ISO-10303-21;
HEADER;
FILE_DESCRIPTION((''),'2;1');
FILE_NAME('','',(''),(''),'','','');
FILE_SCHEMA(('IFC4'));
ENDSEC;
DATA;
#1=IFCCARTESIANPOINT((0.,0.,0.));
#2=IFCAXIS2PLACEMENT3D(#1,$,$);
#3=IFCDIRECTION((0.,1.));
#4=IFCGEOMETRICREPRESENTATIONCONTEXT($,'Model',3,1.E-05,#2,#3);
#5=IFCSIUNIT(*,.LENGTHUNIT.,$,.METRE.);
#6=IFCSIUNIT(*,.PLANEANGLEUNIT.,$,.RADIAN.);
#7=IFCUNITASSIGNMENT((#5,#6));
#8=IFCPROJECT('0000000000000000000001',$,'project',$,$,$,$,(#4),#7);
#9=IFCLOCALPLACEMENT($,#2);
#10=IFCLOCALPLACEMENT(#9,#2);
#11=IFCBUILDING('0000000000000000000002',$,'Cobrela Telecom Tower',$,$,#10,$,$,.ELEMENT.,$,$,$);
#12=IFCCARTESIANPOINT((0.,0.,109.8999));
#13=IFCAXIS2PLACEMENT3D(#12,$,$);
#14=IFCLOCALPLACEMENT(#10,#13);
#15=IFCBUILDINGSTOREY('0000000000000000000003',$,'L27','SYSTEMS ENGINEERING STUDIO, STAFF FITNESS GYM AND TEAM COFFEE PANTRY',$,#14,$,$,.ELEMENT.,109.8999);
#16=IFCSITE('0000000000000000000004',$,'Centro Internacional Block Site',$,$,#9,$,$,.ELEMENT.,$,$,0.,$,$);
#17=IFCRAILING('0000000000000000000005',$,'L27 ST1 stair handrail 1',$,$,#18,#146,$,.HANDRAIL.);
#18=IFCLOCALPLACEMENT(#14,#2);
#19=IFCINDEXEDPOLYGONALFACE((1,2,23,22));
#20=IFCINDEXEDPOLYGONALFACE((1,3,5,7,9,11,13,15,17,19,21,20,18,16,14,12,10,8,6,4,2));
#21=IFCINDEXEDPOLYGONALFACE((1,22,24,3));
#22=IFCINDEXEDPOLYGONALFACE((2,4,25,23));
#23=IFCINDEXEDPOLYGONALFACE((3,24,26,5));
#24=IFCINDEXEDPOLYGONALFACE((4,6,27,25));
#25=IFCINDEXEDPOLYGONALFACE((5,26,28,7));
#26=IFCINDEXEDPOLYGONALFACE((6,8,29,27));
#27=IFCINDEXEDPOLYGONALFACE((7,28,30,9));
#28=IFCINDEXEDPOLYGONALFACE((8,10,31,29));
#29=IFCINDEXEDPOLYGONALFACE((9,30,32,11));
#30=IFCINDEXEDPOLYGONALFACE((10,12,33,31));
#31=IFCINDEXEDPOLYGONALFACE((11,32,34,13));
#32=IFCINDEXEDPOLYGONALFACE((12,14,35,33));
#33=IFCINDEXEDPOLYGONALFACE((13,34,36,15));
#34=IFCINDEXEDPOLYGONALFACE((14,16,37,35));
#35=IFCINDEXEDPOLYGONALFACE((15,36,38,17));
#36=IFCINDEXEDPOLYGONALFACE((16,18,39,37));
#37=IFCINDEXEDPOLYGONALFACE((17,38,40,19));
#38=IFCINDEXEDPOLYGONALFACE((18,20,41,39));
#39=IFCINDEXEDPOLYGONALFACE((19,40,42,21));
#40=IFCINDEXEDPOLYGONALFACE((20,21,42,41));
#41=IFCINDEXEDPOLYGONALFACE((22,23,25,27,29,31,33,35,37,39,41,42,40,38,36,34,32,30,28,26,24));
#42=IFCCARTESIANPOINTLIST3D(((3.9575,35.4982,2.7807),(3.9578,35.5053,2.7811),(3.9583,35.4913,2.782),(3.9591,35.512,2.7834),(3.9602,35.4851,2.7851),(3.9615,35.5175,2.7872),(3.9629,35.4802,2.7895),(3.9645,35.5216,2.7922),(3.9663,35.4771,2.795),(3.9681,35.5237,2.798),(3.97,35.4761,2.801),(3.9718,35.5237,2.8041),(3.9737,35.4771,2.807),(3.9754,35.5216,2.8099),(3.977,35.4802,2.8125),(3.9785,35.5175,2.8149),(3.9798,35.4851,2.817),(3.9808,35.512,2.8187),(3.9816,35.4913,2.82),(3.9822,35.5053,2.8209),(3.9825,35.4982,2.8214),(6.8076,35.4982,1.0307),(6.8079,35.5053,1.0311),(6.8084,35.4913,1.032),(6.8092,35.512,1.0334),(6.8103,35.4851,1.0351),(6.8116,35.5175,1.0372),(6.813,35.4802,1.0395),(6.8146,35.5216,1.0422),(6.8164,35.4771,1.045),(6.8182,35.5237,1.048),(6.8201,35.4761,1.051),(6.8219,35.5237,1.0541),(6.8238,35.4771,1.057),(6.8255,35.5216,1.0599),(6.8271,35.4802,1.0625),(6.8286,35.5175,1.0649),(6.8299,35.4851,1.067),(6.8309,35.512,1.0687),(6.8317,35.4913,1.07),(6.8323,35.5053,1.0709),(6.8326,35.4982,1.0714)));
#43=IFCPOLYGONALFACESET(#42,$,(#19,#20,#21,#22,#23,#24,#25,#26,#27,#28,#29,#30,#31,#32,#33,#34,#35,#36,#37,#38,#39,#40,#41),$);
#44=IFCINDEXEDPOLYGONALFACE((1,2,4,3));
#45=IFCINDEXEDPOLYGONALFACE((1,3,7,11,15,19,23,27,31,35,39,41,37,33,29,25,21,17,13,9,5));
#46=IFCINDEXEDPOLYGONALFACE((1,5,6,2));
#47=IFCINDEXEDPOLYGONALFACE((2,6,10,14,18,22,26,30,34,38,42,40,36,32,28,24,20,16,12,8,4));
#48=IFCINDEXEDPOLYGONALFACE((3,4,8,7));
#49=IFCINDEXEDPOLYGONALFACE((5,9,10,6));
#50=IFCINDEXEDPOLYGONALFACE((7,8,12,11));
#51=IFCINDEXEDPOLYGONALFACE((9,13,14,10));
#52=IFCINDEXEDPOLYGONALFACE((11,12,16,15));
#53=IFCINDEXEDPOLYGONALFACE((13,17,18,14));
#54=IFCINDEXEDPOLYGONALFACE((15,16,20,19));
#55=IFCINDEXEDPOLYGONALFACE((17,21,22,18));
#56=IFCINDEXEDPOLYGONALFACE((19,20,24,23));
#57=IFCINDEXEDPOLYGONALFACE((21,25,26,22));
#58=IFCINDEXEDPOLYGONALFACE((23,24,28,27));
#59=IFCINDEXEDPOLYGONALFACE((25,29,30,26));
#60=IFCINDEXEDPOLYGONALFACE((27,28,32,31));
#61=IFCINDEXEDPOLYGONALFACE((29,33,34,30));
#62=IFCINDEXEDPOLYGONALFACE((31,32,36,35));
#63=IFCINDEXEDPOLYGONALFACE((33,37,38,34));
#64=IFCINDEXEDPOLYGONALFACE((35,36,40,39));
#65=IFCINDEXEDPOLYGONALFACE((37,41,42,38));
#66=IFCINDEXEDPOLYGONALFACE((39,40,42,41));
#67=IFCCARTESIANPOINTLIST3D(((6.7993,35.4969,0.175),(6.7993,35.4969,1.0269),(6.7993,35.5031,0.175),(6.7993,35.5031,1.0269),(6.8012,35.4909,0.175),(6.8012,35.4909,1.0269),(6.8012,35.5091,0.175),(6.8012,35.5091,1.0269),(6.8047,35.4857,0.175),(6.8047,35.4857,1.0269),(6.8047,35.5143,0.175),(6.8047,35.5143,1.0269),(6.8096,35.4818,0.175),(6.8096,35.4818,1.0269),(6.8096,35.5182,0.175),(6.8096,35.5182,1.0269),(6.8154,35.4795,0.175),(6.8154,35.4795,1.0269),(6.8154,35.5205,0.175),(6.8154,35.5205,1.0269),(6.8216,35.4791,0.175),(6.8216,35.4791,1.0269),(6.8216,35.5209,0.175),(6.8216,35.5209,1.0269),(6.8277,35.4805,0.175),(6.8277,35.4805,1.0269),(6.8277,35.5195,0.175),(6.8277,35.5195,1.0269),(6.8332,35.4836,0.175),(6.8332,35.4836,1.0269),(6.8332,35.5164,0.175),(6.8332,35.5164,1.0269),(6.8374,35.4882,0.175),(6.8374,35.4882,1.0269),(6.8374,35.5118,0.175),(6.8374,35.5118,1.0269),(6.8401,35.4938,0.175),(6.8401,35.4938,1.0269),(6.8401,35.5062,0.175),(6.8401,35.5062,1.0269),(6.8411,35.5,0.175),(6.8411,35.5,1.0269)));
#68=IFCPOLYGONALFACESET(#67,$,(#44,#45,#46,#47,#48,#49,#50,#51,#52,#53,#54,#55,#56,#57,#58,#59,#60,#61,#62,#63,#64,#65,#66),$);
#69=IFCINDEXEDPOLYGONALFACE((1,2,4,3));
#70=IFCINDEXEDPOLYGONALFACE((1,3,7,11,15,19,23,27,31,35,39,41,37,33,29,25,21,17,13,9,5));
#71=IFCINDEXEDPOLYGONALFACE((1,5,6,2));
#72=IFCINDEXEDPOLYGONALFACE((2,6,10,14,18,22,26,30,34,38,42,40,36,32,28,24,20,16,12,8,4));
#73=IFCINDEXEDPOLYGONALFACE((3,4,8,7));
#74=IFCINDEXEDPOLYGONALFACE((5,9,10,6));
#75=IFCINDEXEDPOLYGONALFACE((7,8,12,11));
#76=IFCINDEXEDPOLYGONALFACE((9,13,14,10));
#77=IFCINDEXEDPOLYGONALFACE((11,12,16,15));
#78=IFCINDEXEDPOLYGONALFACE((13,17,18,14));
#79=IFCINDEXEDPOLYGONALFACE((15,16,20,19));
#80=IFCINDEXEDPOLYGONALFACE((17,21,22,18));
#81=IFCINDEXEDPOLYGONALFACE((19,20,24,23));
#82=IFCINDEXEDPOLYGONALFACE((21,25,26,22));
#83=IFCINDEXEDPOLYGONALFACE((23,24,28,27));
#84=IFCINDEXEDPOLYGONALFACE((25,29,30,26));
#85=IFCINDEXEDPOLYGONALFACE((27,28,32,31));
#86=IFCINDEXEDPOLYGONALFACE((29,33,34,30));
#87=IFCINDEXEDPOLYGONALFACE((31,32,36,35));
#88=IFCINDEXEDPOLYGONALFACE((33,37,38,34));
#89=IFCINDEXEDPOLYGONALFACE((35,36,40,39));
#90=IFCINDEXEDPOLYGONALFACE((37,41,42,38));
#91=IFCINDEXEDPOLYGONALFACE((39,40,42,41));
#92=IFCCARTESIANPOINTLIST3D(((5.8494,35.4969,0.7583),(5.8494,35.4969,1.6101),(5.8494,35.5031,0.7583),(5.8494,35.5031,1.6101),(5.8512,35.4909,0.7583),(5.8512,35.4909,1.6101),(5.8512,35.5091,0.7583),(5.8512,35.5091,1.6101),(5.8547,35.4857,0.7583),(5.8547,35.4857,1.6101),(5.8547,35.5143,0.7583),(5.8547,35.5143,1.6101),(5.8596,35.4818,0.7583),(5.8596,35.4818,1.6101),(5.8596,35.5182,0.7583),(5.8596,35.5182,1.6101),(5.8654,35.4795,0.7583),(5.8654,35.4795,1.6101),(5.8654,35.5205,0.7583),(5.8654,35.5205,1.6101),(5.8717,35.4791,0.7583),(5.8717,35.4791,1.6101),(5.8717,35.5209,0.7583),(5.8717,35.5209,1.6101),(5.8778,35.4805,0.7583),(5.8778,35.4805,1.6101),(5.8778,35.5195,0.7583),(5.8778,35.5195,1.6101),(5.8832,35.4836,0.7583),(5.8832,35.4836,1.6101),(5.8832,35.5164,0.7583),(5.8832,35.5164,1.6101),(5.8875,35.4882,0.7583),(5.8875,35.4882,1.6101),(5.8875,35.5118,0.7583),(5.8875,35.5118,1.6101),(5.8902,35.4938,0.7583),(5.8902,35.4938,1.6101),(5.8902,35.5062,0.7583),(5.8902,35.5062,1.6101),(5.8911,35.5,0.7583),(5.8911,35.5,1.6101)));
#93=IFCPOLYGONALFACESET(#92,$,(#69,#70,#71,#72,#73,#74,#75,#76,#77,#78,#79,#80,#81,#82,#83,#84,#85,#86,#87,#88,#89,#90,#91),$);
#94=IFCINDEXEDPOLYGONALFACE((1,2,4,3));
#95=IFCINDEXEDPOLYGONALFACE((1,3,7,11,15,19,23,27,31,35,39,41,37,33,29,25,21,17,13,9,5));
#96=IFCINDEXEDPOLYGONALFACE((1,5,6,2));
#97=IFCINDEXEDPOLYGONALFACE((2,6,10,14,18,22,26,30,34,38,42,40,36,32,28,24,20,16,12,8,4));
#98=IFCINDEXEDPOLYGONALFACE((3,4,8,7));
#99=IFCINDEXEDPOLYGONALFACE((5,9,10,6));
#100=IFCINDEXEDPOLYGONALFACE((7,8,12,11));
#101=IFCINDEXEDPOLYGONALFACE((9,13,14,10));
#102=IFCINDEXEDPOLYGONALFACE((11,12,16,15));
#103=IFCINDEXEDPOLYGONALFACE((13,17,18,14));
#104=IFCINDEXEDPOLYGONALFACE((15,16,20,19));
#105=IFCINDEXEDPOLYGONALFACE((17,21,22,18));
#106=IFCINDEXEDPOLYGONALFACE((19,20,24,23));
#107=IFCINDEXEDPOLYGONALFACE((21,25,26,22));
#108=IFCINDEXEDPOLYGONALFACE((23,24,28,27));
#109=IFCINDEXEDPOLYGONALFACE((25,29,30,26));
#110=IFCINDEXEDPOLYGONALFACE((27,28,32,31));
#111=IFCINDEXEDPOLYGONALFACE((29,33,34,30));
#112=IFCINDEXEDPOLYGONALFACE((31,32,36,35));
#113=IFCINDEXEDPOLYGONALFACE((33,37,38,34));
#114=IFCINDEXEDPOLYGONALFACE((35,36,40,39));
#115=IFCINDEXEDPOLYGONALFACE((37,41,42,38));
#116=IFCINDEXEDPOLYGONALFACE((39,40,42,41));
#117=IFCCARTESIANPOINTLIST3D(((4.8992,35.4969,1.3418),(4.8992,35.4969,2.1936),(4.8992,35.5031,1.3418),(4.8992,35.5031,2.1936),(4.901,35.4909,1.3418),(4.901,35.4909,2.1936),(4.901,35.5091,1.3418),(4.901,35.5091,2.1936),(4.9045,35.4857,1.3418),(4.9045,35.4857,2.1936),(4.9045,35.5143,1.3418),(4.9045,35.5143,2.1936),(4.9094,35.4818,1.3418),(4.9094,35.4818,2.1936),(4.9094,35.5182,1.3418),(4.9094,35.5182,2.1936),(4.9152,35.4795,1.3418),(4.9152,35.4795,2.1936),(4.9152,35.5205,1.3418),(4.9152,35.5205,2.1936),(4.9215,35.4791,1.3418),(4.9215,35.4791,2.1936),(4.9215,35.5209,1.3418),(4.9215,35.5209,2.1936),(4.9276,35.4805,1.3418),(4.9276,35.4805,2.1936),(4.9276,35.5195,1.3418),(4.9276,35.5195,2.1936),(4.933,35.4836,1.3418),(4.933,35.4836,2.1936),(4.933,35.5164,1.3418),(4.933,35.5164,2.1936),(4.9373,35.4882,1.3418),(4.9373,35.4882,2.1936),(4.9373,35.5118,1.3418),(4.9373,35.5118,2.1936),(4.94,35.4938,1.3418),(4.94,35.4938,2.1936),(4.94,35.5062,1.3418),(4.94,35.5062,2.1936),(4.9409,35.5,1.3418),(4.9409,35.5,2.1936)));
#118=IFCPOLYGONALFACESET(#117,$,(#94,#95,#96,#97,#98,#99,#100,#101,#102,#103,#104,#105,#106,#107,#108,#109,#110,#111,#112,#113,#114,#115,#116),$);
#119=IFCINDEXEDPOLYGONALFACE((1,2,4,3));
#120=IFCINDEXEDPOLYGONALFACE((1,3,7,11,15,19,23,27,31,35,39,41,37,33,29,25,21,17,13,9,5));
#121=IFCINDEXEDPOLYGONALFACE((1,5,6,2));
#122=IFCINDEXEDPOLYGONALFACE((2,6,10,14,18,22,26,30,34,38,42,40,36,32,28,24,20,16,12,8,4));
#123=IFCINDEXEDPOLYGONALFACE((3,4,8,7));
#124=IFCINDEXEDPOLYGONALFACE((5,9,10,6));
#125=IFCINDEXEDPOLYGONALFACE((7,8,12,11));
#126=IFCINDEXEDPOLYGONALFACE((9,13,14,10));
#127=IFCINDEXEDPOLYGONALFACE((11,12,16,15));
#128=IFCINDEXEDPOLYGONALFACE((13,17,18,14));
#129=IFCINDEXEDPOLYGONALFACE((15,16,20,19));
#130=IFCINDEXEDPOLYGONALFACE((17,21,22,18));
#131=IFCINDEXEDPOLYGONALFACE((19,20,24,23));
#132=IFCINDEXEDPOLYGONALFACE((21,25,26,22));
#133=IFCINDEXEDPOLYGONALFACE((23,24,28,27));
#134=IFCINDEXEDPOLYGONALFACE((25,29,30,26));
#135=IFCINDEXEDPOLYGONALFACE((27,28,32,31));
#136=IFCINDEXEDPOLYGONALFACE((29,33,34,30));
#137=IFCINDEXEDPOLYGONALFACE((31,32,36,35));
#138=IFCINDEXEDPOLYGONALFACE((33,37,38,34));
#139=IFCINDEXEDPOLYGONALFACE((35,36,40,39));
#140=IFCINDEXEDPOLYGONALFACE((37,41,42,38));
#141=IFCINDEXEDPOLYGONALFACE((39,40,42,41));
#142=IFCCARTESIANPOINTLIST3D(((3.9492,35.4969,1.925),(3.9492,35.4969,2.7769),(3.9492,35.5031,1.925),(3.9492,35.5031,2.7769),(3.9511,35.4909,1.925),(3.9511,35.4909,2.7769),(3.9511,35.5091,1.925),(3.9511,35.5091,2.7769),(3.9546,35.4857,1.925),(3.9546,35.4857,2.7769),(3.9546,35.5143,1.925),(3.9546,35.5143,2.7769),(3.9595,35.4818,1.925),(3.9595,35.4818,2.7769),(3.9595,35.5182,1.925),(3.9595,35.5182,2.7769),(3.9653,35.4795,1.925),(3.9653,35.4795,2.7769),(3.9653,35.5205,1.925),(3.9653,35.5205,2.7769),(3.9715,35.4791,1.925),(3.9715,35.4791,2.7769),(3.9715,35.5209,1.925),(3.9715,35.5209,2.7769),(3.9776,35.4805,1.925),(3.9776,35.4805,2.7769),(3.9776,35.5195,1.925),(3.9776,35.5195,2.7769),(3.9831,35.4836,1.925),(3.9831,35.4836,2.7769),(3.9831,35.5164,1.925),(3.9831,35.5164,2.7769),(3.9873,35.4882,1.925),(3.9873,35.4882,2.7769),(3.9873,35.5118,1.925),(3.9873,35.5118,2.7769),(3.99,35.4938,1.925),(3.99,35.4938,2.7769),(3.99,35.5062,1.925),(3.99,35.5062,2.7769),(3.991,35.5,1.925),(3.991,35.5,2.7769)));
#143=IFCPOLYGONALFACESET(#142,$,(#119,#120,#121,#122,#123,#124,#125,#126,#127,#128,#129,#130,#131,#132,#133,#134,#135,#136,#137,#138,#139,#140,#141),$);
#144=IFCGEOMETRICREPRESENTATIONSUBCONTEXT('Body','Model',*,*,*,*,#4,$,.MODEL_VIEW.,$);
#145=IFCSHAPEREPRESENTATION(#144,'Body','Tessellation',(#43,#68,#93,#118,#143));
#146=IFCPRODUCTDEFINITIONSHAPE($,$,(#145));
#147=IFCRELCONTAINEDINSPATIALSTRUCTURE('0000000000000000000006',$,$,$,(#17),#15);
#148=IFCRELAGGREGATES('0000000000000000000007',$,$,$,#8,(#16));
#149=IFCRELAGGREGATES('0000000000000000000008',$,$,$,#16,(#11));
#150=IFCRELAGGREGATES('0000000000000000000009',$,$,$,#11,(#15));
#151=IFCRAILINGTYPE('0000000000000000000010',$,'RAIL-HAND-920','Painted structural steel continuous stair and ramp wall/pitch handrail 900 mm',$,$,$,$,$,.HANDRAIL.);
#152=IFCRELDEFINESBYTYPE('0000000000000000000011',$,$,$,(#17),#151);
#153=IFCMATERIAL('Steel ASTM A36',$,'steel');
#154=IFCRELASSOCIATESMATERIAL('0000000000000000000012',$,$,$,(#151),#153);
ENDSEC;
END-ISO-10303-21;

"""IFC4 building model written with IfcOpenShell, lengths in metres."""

from ifc_helpers import new_model, si_unit, direction, frame, origin, origin_2d, place, context, subcontext, project, spatial, circle, extrude, material, type_object, element, save


model = new_model("IFC4")

# Units and contexts
model_context = context("Model", 3, precision=1e-05, world=origin(), true_north=direction((0.0, 1.0)))
body_context = subcontext(model_context, "Body", "Model", "MODEL_VIEW")
ifc_project = project(units=[si_unit("LENGTHUNIT", "METRE"), si_unit("PLANEANGLEUNIT", "RADIAN")], contexts=[model_context])

# Site, building, storey
site_placement = place(None, origin())
site = spatial("IfcSite", under=ifc_project, at=site_placement, Name="Centro Internacional Block Site", CompositionType="ELEMENT", RefElevation=0.0)
building_placement = place(site_placement, origin())
building = spatial("IfcBuilding", under=site, at=building_placement, Name="Cobrela Telecom Tower", CompositionType="ELEMENT")
storey_placement = place(building_placement, frame((0.0, 0.0, 109.8999)))
storey = spatial("IfcBuildingStorey", under=building, at=storey_placement, Name="L27", Description="SYSTEMS ENGINEERING STUDIO, STAFF FITNESS GYM AND TEAM COFFEE PANTRY", CompositionType="ELEMENT", Elevation=109.8999)

# Shared definitions
ifc_material_1 = material(Name="Steel ASTM A36", Category="steel")

# Railing
railing_type_1 = type_object("IfcRailingType", Name="RAIL-HAND-920", Description="Painted structural steel continuous stair and ramp wall/pitch handrail 900 mm", PredefinedType="HANDRAIL", material=ifc_material_1)
railing_1_placement = place(storey_placement, frame((6.8201, 35.5, 0.175)))
element("IfcRailing", 1, at=railing_1_placement, inside=storey, type_object=railing_type_1, Name="L27 ST1 stair handrail 1", PredefinedType="HANDRAIL", context=body_context, shape_type="SweptSolid", body=[
    extrude(circle(Radius=0.0239, at=origin_2d()), frame((0.0, 0.0, 0.876), z_axis=(-0.852179, 0.0, 0.52325), x_axis=(0.0, -1.0, 0.0)), (0.0, 0.0, 1.0), 3.3445),
    extrude(circle(Radius=0.021, at=origin_2d()), origin(), (0.0, 0.0, 1.0), 0.8518),
    extrude(circle(Radius=0.021, at=origin_2d()), frame((-0.95, 0.0, 0.5833)), (0.0, 0.0, 1.0), 0.8518),
    extrude(circle(Radius=0.021, at=origin_2d()), frame((-1.9001, 0.0, 1.1667)), (0.0, 0.0, 1.0), 0.8518),
    extrude(circle(Radius=0.021, at=origin_2d()), frame((-2.8501, 0.0, 1.75)), (0.0, 0.0, 1.0), 0.8518),
])

save(model, "model.ifc")
